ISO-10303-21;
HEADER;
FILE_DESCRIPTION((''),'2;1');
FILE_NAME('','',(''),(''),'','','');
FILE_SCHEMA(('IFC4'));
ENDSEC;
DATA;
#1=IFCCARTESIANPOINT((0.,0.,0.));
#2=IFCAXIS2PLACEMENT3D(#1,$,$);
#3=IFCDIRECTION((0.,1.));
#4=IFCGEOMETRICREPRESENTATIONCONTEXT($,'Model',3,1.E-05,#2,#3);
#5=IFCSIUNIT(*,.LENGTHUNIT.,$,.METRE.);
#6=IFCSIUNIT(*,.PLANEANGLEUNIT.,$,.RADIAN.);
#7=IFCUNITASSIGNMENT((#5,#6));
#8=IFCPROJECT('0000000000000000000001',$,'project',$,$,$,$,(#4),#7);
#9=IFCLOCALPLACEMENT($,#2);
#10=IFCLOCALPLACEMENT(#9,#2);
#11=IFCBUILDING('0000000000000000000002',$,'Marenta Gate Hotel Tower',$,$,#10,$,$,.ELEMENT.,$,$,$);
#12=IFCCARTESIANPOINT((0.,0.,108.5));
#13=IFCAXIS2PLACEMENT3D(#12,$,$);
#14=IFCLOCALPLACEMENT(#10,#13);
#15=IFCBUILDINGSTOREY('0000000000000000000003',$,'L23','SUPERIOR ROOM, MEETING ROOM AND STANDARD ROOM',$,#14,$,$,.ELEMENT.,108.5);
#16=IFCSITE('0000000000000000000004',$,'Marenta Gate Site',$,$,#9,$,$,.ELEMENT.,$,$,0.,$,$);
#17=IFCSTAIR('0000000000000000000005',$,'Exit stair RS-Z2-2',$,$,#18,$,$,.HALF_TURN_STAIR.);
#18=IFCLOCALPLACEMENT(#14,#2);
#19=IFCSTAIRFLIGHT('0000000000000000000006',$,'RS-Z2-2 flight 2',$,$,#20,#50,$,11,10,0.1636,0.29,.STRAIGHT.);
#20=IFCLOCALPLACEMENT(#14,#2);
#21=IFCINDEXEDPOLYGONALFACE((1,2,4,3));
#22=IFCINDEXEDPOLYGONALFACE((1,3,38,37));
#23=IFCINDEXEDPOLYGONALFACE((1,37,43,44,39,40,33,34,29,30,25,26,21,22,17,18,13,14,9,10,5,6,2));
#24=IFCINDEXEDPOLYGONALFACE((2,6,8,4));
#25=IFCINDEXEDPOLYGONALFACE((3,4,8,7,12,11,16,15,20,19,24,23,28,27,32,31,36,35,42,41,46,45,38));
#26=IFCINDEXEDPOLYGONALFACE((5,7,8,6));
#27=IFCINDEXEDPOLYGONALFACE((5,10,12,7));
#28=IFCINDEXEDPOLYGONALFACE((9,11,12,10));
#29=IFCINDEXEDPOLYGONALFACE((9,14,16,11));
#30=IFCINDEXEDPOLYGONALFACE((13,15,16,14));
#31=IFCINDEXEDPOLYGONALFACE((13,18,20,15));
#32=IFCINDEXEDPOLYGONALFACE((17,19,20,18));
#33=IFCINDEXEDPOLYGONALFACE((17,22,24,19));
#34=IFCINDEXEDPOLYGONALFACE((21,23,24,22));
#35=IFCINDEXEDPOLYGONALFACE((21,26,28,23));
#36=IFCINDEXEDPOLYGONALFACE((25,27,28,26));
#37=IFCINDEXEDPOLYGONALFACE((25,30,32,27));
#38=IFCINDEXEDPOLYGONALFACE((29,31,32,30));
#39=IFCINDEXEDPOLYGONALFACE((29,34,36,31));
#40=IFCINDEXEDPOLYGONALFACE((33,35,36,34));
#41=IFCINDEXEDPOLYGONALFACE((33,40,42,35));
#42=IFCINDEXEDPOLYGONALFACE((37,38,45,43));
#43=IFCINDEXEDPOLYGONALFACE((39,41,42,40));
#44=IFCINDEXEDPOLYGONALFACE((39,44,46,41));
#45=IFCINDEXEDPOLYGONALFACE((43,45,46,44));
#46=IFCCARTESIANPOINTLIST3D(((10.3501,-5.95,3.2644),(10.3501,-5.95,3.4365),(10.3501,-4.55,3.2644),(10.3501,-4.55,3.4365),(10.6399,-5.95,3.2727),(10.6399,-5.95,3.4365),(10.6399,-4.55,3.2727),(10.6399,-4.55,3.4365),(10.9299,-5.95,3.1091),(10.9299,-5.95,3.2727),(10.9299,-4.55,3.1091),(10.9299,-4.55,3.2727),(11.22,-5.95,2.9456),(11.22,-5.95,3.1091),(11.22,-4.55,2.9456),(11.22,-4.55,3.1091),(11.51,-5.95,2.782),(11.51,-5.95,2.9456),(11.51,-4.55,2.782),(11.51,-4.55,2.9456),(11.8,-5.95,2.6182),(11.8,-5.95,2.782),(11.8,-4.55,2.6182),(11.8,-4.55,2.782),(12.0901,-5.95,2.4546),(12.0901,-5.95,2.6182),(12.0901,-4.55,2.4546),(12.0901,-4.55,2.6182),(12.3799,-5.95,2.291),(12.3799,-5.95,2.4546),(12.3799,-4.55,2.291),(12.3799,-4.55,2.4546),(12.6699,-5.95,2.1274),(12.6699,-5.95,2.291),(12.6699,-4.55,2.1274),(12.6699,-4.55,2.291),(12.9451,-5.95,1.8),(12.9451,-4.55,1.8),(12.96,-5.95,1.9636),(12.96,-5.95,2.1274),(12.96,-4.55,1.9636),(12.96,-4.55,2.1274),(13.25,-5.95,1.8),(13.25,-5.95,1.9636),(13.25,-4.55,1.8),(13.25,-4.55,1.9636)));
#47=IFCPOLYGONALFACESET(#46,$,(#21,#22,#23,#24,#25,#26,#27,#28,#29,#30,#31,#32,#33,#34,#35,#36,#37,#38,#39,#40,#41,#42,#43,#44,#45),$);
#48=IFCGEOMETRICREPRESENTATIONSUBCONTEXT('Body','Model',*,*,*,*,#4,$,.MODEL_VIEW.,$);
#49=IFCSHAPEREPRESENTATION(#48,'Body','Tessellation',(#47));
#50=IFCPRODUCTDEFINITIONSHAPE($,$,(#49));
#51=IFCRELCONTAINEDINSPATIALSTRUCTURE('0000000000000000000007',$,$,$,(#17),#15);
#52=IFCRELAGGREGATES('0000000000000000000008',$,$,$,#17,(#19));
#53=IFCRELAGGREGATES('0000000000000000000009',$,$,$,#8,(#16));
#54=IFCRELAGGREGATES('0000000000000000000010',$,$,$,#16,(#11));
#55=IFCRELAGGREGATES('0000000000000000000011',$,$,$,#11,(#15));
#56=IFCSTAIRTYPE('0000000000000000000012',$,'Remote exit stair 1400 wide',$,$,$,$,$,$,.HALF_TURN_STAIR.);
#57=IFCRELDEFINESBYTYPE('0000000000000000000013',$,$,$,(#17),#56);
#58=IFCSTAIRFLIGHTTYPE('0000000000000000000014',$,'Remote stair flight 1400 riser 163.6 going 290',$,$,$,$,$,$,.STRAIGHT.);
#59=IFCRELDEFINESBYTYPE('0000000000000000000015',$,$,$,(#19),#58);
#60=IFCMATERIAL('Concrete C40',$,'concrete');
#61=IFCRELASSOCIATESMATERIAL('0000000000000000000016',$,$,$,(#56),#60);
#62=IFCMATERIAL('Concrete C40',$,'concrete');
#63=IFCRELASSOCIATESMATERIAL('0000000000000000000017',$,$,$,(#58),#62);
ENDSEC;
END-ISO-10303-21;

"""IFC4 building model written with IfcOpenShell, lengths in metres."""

from ifc_helpers import new_model, si_unit, direction, frame, origin, place, context, subcontext, project, spatial, polyline, outline, extrude, material, type_object, element, aggregate, save


model = new_model("IFC4")

# Units and contexts
model_context = context("Model", 3, precision=1e-05, world=origin(), true_north=direction((0.0, 1.0)))
body_context = subcontext(model_context, "Body", "Model", "MODEL_VIEW")
ifc_project = project(units=[si_unit("LENGTHUNIT", "METRE"), si_unit("PLANEANGLEUNIT", "RADIAN")], contexts=[model_context])

# Site, building, storey
site_placement = place(None, origin())
site = spatial("IfcSite", under=ifc_project, at=site_placement, Name="Marenta Gate Site", CompositionType="ELEMENT", RefElevation=0.0)
building_placement = place(site_placement, origin())
building = spatial("IfcBuilding", under=site, at=building_placement, Name="Marenta Gate Hotel Tower", CompositionType="ELEMENT")
storey_placement = place(building_placement, frame((0.0, 0.0, 108.5)))
storey = spatial("IfcBuildingStorey", under=building, at=storey_placement, Name="L23", Description="SUPERIOR ROOM, MEETING ROOM AND STANDARD ROOM", CompositionType="ELEMENT", Elevation=108.5)

# Stair, stair flight
ifc_material_1 = material(Name="Concrete C40", Category="concrete")
stair_type = type_object("IfcStairType", Name="Remote exit stair 1400 wide", PredefinedType="HALF_TURN_STAIR", material=ifc_material_1)
stair_placement = place(storey_placement, origin())
stair = element("IfcStair", 1, at=stair_placement, inside=storey, type_object=stair_type, Name="Exit stair RS-Z2-2", PredefinedType="HALF_TURN_STAIR")
ifc_material_2 = material(Name="Concrete C40", Category="concrete")
stair_flight_type = type_object("IfcStairFlightType", Name="Remote stair flight 1400 riser 163.6 going 290", PredefinedType="STRAIGHT", material=ifc_material_2)
stair_flight_placement = place(storey_placement, frame((13.25, -5.25, 1.8), z_axis=(0.0, 0.0, 1.0), x_axis=(-1.0, 0.0, 0.0)))
stair_flight = element("IfcStairFlight", 2, at=stair_flight_placement, type_object=stair_flight_type, Name="RS-Z2-2 flight 2", NumberOfRisers=11, NumberOfTreads=10, PredefinedType="STRAIGHT", RiserHeight=0.1636, TreadLength=0.29, context=body_context, shape_type="SweptSolid", body=[
    extrude(outline(polyline([(0.0, 0.0), (0.0, 0.1636), (0.29, 0.1636), (0.29, 0.3274), (0.5801, 0.3274), (0.5801, 0.491), (0.8701, 0.491), (0.8701, 0.6545), (1.1599, 0.6545), (1.1599, 0.8181), (1.45, 0.8181), (1.45, 0.9819), (1.74, 0.9819), (1.74, 1.1455), (2.03, 1.1455), (2.03, 1.3091), (2.3201, 1.3091), (2.3201, 1.4727), (2.6101, 1.4727), (2.6101, 1.6365), (2.8999, 1.6365), (2.8999, 1.8), (2.8999, 1.4644), (0.3049, 0.0), (0.0, 0.0)])), frame((0.0, 0.7, 0.0), z_axis=(0.0, -1.0, 0.0), x_axis=(1.0, 0.0, 0.0)), (0.0, 0.0, 1.0), 1.3999),
])
aggregate(stair, [stair_flight])

save(model, "model.ifc")
